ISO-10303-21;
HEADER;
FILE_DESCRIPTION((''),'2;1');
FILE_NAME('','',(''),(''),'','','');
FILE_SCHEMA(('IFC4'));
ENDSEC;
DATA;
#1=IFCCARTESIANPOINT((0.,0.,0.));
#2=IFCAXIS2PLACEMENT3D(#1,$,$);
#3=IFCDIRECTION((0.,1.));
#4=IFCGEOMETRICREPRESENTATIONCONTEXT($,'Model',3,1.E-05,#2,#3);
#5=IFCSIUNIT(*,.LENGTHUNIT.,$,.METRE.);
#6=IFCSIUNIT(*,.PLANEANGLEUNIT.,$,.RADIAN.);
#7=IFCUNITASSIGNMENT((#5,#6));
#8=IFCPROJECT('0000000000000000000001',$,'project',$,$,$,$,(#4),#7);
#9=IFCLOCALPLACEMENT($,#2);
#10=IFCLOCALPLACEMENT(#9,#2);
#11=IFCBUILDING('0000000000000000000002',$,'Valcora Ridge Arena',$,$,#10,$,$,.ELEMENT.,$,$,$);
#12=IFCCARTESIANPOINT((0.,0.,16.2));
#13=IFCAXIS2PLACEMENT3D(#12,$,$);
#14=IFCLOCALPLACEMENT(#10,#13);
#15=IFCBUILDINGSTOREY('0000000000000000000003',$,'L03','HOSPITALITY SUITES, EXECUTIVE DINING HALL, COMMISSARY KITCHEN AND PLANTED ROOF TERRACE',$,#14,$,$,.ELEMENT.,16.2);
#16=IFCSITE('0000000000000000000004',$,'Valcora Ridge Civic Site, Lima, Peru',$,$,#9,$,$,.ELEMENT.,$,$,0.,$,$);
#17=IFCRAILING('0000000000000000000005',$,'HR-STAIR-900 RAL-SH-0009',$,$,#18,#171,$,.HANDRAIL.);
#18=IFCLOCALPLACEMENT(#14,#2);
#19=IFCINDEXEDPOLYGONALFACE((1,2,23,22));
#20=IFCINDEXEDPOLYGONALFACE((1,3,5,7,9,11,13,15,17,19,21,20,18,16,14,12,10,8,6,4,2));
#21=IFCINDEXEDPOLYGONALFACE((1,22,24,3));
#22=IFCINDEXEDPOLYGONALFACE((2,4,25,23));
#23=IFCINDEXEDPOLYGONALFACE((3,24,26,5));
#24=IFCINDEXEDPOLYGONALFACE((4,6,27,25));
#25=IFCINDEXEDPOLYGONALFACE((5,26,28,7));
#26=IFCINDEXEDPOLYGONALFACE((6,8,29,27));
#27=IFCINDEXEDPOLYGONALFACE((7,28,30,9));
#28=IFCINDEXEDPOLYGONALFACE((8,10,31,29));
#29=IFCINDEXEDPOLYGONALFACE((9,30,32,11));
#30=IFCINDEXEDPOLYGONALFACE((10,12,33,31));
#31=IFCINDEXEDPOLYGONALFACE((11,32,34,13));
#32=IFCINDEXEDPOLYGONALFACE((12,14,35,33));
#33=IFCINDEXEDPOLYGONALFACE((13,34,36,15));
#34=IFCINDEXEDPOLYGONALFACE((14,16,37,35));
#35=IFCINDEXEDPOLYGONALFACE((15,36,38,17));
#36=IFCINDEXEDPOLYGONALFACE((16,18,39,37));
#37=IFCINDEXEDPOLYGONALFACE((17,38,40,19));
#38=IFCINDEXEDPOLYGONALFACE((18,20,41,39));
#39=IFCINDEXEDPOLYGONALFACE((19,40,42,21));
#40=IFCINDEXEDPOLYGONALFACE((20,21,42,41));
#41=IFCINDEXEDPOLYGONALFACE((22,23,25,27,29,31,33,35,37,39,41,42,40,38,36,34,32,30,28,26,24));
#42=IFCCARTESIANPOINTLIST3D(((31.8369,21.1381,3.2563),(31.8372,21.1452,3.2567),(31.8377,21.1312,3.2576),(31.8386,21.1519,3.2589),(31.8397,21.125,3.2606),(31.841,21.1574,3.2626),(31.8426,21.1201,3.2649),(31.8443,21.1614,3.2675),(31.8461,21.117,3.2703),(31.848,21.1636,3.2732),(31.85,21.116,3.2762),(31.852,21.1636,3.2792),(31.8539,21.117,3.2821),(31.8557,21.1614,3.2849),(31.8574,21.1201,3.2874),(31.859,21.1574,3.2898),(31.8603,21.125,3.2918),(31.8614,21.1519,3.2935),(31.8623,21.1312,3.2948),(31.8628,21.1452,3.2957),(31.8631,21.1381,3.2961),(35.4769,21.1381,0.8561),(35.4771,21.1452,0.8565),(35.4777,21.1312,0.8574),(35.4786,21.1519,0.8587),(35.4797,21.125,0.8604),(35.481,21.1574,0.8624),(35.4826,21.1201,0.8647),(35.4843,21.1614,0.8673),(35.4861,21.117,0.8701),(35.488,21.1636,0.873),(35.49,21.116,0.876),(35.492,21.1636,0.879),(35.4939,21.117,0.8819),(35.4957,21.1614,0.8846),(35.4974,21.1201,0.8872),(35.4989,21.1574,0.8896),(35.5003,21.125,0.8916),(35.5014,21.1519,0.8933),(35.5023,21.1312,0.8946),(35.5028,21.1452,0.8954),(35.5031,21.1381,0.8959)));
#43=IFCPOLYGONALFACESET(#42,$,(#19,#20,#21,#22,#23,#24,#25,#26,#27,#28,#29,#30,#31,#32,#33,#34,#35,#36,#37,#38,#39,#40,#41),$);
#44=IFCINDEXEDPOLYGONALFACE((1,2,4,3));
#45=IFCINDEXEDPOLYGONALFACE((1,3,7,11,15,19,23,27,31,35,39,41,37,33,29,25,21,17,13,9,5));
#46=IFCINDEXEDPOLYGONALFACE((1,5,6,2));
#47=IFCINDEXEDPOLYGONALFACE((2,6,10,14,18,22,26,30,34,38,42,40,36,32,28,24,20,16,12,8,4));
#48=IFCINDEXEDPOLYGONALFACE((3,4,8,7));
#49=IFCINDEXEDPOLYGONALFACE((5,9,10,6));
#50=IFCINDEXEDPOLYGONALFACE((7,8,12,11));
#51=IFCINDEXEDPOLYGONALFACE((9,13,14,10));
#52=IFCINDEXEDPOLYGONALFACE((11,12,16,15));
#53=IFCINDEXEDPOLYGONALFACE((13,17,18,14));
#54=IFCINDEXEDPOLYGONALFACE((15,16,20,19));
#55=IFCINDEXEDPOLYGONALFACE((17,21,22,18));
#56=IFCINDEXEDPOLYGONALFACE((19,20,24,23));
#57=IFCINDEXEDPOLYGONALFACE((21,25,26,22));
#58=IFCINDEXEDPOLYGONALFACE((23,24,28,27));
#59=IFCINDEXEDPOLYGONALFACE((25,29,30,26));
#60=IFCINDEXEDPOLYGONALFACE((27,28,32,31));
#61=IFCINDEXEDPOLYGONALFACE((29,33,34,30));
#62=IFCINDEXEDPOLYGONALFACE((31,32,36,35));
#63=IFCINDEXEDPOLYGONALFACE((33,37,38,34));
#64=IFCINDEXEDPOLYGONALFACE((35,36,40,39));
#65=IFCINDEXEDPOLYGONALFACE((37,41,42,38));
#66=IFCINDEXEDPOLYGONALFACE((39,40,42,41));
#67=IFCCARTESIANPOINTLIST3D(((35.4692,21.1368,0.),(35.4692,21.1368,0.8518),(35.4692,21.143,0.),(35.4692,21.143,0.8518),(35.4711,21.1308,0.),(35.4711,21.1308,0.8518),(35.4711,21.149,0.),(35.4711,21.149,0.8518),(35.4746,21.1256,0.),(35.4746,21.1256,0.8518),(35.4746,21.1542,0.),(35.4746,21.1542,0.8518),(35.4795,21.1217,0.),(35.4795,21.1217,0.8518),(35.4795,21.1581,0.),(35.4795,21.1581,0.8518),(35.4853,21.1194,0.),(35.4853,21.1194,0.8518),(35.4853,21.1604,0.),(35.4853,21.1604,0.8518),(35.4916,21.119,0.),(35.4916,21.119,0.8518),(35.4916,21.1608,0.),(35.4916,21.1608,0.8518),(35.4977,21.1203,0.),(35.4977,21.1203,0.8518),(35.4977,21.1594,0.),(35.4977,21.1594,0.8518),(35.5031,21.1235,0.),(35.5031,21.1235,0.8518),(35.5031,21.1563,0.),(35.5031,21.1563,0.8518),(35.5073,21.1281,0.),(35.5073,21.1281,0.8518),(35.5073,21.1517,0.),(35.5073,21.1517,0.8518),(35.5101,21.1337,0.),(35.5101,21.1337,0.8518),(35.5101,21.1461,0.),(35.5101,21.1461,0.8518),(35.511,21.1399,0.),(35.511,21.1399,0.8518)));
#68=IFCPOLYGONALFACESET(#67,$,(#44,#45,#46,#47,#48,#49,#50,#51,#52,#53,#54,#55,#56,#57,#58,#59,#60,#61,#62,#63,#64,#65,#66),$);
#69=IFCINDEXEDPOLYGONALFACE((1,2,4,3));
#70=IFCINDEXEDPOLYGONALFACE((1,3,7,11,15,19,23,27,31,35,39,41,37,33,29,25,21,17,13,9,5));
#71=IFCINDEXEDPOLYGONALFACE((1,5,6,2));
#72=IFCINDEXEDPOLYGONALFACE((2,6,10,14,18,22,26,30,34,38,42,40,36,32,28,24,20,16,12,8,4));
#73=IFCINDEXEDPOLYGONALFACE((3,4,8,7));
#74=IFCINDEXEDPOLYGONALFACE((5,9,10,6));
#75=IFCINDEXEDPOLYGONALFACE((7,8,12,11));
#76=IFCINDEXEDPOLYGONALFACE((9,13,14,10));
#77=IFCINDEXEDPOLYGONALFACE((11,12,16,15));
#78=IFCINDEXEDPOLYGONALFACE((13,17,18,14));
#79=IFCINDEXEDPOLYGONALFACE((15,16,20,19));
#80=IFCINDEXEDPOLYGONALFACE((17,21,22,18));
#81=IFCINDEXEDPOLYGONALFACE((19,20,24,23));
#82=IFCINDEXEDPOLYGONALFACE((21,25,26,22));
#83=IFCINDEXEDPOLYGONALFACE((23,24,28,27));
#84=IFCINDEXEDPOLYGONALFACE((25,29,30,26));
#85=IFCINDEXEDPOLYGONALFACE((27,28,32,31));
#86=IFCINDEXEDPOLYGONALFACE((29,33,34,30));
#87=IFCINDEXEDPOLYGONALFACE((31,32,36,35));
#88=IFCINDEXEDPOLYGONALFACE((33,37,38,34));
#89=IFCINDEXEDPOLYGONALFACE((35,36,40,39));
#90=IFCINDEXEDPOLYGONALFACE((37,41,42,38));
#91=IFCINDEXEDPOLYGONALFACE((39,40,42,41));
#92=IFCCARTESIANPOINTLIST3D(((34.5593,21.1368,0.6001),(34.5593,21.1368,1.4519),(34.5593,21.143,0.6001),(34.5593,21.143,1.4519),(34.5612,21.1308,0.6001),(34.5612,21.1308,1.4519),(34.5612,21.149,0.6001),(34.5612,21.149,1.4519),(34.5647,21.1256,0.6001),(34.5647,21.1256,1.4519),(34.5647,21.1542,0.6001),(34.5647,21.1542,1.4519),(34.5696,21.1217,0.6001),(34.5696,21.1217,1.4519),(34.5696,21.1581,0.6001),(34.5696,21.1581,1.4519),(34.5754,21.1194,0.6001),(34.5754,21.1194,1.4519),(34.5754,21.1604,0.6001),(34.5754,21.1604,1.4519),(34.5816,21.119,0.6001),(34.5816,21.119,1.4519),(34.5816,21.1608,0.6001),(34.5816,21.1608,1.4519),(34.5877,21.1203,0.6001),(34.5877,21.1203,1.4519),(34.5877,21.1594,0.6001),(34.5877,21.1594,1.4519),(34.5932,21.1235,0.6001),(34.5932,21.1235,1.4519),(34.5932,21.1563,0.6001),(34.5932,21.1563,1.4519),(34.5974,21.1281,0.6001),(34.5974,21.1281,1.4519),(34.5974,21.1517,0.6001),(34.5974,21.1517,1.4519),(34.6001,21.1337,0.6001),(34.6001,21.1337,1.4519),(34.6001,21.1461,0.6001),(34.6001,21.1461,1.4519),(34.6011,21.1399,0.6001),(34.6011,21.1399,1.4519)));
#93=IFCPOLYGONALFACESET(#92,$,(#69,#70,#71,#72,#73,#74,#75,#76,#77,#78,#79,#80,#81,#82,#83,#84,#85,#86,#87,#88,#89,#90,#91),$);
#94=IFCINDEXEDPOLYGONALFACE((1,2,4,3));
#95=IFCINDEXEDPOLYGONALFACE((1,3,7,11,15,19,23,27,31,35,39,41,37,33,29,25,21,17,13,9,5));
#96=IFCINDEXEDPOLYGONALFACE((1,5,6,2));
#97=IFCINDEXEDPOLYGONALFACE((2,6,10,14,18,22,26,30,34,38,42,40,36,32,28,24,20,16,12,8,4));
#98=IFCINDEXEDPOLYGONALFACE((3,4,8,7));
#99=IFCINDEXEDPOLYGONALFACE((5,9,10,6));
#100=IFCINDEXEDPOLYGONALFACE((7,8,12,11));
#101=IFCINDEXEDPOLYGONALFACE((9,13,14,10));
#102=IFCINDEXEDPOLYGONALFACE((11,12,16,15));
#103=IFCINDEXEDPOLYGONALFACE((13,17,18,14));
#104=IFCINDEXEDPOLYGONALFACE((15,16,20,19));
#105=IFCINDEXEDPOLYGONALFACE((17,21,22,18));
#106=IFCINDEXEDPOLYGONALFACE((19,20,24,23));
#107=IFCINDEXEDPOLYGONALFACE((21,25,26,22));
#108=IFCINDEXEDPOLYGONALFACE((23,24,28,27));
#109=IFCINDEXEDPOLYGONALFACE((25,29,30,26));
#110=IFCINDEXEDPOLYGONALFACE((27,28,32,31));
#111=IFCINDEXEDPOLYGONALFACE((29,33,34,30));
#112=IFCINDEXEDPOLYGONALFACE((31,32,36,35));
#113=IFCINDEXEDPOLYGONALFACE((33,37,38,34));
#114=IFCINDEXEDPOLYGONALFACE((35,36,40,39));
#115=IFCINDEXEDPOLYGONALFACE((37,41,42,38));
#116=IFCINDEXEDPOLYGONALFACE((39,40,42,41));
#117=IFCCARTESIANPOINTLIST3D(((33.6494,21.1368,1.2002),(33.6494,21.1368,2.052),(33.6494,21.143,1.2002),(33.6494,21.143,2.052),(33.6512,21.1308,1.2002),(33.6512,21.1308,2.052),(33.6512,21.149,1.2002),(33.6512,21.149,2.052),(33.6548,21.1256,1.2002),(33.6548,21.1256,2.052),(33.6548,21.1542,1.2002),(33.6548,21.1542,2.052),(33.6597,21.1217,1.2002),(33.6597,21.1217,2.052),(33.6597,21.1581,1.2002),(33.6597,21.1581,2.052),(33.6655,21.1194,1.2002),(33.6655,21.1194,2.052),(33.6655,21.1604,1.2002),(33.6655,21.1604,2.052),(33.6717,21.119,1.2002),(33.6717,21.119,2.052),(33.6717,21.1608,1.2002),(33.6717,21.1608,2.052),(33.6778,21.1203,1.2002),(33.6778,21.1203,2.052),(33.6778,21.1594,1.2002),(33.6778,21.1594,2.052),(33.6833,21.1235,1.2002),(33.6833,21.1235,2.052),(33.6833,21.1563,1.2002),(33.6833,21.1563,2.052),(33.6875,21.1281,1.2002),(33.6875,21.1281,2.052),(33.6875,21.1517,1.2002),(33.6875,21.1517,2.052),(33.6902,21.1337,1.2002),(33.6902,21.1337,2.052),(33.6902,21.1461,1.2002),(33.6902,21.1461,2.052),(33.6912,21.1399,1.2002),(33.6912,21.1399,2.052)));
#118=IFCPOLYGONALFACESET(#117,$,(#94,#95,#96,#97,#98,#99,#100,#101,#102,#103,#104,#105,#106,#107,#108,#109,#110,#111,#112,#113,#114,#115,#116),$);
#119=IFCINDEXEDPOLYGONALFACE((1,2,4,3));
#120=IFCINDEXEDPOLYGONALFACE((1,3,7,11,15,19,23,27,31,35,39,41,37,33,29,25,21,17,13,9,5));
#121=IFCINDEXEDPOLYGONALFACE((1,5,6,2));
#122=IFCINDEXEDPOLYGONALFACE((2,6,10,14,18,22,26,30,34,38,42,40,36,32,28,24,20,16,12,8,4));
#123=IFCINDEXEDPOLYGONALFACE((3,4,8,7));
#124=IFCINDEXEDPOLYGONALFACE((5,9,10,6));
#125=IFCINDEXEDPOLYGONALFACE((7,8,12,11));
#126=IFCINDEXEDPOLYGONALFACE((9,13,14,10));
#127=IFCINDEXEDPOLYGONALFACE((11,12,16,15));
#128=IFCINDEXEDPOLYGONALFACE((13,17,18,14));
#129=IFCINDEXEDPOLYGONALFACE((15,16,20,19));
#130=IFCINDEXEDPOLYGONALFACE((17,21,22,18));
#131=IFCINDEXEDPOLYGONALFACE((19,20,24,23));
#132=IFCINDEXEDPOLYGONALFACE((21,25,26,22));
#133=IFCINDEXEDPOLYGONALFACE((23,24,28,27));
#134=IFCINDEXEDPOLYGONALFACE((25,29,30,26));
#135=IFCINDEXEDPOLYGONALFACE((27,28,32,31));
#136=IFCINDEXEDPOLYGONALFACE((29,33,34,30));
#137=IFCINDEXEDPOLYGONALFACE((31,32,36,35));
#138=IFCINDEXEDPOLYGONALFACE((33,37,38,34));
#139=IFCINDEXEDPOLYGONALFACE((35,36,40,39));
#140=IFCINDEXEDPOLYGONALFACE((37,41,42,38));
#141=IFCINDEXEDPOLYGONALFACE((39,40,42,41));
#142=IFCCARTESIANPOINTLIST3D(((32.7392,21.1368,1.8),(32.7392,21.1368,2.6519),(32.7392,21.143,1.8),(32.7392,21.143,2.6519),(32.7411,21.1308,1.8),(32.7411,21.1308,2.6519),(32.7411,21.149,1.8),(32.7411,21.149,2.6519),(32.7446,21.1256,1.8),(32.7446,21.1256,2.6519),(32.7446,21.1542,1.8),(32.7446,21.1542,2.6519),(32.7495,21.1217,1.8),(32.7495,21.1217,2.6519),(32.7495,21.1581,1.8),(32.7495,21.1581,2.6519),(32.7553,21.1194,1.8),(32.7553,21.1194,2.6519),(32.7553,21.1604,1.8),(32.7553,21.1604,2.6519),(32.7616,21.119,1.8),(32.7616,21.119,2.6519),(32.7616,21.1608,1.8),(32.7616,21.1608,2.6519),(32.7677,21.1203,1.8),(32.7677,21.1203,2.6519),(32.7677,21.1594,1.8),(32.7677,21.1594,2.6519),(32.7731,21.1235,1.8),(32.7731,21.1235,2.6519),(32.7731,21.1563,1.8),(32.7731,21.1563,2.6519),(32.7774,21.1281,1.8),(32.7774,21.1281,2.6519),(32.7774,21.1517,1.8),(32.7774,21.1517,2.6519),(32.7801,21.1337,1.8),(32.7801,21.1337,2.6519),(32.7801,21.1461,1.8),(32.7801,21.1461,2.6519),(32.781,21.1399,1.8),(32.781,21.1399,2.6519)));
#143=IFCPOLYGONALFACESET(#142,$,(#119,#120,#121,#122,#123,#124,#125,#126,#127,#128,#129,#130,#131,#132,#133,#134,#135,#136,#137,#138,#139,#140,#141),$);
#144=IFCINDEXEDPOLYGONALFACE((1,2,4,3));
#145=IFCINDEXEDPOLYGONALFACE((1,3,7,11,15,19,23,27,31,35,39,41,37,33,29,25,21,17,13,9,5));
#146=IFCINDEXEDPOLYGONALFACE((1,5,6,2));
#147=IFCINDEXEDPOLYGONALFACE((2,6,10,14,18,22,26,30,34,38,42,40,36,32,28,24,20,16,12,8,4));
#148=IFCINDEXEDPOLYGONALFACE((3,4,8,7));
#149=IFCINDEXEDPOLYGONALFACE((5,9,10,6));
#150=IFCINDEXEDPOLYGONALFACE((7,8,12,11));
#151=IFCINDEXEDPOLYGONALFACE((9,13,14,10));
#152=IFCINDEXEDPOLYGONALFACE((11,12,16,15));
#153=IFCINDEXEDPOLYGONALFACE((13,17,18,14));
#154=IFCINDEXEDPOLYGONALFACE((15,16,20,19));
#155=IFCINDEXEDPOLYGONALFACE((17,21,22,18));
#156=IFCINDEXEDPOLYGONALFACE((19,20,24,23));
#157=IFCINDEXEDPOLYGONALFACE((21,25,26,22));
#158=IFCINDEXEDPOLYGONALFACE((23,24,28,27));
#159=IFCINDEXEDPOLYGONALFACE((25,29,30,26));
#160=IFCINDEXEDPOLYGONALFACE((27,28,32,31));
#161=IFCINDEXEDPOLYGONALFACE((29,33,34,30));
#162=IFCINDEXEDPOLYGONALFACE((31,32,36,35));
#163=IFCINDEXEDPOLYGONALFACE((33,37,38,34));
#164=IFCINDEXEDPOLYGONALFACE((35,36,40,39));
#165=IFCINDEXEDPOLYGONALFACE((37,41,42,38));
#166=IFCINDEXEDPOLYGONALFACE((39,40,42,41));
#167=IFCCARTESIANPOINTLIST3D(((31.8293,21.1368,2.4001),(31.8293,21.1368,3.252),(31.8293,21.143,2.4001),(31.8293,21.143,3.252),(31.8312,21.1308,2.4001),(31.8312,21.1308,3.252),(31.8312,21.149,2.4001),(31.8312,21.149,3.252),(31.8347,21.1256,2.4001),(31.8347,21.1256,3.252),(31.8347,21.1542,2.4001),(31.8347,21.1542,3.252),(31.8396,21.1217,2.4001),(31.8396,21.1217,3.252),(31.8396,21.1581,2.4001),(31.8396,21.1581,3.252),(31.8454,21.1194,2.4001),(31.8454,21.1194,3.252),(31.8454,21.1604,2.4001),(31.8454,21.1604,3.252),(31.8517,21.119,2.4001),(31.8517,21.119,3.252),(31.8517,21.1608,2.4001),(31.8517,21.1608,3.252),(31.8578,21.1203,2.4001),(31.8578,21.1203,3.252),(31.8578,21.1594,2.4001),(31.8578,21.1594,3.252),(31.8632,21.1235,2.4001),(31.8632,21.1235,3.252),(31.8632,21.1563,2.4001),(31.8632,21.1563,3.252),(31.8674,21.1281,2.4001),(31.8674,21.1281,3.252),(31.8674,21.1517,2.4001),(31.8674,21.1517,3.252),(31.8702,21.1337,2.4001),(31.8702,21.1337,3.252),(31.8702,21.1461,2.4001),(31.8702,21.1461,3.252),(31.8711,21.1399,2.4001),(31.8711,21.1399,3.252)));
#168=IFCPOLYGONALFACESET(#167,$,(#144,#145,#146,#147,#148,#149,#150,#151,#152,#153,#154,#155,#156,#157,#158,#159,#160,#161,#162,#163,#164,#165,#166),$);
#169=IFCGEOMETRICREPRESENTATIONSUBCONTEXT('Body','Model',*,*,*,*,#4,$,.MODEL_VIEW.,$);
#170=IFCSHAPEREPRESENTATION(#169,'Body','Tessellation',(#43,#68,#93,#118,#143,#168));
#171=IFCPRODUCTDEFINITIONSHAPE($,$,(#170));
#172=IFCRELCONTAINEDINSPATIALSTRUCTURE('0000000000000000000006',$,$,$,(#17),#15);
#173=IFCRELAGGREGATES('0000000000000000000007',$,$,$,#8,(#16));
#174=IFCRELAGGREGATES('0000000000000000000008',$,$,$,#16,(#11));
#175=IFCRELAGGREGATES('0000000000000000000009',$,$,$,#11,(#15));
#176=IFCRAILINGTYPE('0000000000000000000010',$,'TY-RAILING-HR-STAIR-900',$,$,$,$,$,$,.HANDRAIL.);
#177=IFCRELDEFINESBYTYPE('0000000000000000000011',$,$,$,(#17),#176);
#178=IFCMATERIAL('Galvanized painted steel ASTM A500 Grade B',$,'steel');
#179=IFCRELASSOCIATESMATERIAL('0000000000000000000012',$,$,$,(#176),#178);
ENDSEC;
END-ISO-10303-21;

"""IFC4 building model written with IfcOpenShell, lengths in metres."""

from ifc_helpers import new_model, si_unit, direction, frame, origin, origin_2d, place, context, subcontext, project, spatial, circle, extrude, material, type_object, element, save


model = new_model("IFC4")

# Units and contexts
model_context = context("Model", 3, precision=1e-05, world=origin(), true_north=direction((0.0, 1.0)))
body_context = subcontext(model_context, "Body", "Model", "MODEL_VIEW")
ifc_project = project(units=[si_unit("LENGTHUNIT", "METRE"), si_unit("PLANEANGLEUNIT", "RADIAN")], contexts=[model_context])

# Site, building, storey
site_placement = place(None, origin())
site = spatial("IfcSite", under=ifc_project, at=site_placement, Name="Valcora Ridge Civic Site, Lima, Peru", CompositionType="ELEMENT", RefElevation=0.0)
building_placement = place(site_placement, origin())
building = spatial("IfcBuilding", under=site, at=building_placement, Name="Valcora Ridge Arena", CompositionType="ELEMENT")
storey_placement = place(building_placement, frame((0.0, 0.0, 16.2)))
storey = spatial("IfcBuildingStorey", under=building, at=storey_placement, Name="L03", Description="HOSPITALITY SUITES, EXECUTIVE DINING HALL, COMMISSARY KITCHEN AND PLANTED ROOF TERRACE", CompositionType="ELEMENT", Elevation=16.2)

# Railing
ifc_material_1 = material(Name="Galvanized painted steel ASTM A500 Grade B", Category="steel")
railing_type_1 = type_object("IfcRailingType", Name="TY-RAILING-HR-STAIR-900", PredefinedType="HANDRAIL", material=ifc_material_1)
railing_1_placement = place(storey_placement, frame((35.49, 21.1399, 0.0)))
element("IfcRailing", 1, at=railing_1_placement, inside=storey, type_object=railing_type_1, Name="HR-STAIR-900 RAL-SH-0009", PredefinedType="HANDRAIL", context=body_context, shape_type="SweptSolid", body=[
    extrude(circle(Radius=0.0239, at=origin_2d()), frame((0.0, 0.0, 0.876), z_axis=(-0.834839, 0.0, 0.550493), x_axis=(0.0, -1.0, 0.0)), (0.0, 0.0, 1.0), 4.3601),
    extrude(circle(Radius=0.021, at=origin_2d()), origin(), (0.0, 0.0, 1.0), 0.8518),
    extrude(circle(Radius=0.021, at=origin_2d()), frame((-0.9099, 0.0, 0.6001)), (0.0, 0.0, 1.0), 0.8518),
    extrude(circle(Radius=0.021, at=origin_2d()), frame((-1.8198, 0.0, 1.2002)), (0.0, 0.0, 1.0), 0.8518),
    extrude(circle(Radius=0.021, at=origin_2d()), frame((-2.73, 0.0, 1.8)), (0.0, 0.0, 1.0), 0.8518),
    extrude(circle(Radius=0.021, at=origin_2d()), frame((-3.6399, 0.0, 2.4001)), (0.0, 0.0, 1.0), 0.8518),
])

save(model, "model.ifc")
